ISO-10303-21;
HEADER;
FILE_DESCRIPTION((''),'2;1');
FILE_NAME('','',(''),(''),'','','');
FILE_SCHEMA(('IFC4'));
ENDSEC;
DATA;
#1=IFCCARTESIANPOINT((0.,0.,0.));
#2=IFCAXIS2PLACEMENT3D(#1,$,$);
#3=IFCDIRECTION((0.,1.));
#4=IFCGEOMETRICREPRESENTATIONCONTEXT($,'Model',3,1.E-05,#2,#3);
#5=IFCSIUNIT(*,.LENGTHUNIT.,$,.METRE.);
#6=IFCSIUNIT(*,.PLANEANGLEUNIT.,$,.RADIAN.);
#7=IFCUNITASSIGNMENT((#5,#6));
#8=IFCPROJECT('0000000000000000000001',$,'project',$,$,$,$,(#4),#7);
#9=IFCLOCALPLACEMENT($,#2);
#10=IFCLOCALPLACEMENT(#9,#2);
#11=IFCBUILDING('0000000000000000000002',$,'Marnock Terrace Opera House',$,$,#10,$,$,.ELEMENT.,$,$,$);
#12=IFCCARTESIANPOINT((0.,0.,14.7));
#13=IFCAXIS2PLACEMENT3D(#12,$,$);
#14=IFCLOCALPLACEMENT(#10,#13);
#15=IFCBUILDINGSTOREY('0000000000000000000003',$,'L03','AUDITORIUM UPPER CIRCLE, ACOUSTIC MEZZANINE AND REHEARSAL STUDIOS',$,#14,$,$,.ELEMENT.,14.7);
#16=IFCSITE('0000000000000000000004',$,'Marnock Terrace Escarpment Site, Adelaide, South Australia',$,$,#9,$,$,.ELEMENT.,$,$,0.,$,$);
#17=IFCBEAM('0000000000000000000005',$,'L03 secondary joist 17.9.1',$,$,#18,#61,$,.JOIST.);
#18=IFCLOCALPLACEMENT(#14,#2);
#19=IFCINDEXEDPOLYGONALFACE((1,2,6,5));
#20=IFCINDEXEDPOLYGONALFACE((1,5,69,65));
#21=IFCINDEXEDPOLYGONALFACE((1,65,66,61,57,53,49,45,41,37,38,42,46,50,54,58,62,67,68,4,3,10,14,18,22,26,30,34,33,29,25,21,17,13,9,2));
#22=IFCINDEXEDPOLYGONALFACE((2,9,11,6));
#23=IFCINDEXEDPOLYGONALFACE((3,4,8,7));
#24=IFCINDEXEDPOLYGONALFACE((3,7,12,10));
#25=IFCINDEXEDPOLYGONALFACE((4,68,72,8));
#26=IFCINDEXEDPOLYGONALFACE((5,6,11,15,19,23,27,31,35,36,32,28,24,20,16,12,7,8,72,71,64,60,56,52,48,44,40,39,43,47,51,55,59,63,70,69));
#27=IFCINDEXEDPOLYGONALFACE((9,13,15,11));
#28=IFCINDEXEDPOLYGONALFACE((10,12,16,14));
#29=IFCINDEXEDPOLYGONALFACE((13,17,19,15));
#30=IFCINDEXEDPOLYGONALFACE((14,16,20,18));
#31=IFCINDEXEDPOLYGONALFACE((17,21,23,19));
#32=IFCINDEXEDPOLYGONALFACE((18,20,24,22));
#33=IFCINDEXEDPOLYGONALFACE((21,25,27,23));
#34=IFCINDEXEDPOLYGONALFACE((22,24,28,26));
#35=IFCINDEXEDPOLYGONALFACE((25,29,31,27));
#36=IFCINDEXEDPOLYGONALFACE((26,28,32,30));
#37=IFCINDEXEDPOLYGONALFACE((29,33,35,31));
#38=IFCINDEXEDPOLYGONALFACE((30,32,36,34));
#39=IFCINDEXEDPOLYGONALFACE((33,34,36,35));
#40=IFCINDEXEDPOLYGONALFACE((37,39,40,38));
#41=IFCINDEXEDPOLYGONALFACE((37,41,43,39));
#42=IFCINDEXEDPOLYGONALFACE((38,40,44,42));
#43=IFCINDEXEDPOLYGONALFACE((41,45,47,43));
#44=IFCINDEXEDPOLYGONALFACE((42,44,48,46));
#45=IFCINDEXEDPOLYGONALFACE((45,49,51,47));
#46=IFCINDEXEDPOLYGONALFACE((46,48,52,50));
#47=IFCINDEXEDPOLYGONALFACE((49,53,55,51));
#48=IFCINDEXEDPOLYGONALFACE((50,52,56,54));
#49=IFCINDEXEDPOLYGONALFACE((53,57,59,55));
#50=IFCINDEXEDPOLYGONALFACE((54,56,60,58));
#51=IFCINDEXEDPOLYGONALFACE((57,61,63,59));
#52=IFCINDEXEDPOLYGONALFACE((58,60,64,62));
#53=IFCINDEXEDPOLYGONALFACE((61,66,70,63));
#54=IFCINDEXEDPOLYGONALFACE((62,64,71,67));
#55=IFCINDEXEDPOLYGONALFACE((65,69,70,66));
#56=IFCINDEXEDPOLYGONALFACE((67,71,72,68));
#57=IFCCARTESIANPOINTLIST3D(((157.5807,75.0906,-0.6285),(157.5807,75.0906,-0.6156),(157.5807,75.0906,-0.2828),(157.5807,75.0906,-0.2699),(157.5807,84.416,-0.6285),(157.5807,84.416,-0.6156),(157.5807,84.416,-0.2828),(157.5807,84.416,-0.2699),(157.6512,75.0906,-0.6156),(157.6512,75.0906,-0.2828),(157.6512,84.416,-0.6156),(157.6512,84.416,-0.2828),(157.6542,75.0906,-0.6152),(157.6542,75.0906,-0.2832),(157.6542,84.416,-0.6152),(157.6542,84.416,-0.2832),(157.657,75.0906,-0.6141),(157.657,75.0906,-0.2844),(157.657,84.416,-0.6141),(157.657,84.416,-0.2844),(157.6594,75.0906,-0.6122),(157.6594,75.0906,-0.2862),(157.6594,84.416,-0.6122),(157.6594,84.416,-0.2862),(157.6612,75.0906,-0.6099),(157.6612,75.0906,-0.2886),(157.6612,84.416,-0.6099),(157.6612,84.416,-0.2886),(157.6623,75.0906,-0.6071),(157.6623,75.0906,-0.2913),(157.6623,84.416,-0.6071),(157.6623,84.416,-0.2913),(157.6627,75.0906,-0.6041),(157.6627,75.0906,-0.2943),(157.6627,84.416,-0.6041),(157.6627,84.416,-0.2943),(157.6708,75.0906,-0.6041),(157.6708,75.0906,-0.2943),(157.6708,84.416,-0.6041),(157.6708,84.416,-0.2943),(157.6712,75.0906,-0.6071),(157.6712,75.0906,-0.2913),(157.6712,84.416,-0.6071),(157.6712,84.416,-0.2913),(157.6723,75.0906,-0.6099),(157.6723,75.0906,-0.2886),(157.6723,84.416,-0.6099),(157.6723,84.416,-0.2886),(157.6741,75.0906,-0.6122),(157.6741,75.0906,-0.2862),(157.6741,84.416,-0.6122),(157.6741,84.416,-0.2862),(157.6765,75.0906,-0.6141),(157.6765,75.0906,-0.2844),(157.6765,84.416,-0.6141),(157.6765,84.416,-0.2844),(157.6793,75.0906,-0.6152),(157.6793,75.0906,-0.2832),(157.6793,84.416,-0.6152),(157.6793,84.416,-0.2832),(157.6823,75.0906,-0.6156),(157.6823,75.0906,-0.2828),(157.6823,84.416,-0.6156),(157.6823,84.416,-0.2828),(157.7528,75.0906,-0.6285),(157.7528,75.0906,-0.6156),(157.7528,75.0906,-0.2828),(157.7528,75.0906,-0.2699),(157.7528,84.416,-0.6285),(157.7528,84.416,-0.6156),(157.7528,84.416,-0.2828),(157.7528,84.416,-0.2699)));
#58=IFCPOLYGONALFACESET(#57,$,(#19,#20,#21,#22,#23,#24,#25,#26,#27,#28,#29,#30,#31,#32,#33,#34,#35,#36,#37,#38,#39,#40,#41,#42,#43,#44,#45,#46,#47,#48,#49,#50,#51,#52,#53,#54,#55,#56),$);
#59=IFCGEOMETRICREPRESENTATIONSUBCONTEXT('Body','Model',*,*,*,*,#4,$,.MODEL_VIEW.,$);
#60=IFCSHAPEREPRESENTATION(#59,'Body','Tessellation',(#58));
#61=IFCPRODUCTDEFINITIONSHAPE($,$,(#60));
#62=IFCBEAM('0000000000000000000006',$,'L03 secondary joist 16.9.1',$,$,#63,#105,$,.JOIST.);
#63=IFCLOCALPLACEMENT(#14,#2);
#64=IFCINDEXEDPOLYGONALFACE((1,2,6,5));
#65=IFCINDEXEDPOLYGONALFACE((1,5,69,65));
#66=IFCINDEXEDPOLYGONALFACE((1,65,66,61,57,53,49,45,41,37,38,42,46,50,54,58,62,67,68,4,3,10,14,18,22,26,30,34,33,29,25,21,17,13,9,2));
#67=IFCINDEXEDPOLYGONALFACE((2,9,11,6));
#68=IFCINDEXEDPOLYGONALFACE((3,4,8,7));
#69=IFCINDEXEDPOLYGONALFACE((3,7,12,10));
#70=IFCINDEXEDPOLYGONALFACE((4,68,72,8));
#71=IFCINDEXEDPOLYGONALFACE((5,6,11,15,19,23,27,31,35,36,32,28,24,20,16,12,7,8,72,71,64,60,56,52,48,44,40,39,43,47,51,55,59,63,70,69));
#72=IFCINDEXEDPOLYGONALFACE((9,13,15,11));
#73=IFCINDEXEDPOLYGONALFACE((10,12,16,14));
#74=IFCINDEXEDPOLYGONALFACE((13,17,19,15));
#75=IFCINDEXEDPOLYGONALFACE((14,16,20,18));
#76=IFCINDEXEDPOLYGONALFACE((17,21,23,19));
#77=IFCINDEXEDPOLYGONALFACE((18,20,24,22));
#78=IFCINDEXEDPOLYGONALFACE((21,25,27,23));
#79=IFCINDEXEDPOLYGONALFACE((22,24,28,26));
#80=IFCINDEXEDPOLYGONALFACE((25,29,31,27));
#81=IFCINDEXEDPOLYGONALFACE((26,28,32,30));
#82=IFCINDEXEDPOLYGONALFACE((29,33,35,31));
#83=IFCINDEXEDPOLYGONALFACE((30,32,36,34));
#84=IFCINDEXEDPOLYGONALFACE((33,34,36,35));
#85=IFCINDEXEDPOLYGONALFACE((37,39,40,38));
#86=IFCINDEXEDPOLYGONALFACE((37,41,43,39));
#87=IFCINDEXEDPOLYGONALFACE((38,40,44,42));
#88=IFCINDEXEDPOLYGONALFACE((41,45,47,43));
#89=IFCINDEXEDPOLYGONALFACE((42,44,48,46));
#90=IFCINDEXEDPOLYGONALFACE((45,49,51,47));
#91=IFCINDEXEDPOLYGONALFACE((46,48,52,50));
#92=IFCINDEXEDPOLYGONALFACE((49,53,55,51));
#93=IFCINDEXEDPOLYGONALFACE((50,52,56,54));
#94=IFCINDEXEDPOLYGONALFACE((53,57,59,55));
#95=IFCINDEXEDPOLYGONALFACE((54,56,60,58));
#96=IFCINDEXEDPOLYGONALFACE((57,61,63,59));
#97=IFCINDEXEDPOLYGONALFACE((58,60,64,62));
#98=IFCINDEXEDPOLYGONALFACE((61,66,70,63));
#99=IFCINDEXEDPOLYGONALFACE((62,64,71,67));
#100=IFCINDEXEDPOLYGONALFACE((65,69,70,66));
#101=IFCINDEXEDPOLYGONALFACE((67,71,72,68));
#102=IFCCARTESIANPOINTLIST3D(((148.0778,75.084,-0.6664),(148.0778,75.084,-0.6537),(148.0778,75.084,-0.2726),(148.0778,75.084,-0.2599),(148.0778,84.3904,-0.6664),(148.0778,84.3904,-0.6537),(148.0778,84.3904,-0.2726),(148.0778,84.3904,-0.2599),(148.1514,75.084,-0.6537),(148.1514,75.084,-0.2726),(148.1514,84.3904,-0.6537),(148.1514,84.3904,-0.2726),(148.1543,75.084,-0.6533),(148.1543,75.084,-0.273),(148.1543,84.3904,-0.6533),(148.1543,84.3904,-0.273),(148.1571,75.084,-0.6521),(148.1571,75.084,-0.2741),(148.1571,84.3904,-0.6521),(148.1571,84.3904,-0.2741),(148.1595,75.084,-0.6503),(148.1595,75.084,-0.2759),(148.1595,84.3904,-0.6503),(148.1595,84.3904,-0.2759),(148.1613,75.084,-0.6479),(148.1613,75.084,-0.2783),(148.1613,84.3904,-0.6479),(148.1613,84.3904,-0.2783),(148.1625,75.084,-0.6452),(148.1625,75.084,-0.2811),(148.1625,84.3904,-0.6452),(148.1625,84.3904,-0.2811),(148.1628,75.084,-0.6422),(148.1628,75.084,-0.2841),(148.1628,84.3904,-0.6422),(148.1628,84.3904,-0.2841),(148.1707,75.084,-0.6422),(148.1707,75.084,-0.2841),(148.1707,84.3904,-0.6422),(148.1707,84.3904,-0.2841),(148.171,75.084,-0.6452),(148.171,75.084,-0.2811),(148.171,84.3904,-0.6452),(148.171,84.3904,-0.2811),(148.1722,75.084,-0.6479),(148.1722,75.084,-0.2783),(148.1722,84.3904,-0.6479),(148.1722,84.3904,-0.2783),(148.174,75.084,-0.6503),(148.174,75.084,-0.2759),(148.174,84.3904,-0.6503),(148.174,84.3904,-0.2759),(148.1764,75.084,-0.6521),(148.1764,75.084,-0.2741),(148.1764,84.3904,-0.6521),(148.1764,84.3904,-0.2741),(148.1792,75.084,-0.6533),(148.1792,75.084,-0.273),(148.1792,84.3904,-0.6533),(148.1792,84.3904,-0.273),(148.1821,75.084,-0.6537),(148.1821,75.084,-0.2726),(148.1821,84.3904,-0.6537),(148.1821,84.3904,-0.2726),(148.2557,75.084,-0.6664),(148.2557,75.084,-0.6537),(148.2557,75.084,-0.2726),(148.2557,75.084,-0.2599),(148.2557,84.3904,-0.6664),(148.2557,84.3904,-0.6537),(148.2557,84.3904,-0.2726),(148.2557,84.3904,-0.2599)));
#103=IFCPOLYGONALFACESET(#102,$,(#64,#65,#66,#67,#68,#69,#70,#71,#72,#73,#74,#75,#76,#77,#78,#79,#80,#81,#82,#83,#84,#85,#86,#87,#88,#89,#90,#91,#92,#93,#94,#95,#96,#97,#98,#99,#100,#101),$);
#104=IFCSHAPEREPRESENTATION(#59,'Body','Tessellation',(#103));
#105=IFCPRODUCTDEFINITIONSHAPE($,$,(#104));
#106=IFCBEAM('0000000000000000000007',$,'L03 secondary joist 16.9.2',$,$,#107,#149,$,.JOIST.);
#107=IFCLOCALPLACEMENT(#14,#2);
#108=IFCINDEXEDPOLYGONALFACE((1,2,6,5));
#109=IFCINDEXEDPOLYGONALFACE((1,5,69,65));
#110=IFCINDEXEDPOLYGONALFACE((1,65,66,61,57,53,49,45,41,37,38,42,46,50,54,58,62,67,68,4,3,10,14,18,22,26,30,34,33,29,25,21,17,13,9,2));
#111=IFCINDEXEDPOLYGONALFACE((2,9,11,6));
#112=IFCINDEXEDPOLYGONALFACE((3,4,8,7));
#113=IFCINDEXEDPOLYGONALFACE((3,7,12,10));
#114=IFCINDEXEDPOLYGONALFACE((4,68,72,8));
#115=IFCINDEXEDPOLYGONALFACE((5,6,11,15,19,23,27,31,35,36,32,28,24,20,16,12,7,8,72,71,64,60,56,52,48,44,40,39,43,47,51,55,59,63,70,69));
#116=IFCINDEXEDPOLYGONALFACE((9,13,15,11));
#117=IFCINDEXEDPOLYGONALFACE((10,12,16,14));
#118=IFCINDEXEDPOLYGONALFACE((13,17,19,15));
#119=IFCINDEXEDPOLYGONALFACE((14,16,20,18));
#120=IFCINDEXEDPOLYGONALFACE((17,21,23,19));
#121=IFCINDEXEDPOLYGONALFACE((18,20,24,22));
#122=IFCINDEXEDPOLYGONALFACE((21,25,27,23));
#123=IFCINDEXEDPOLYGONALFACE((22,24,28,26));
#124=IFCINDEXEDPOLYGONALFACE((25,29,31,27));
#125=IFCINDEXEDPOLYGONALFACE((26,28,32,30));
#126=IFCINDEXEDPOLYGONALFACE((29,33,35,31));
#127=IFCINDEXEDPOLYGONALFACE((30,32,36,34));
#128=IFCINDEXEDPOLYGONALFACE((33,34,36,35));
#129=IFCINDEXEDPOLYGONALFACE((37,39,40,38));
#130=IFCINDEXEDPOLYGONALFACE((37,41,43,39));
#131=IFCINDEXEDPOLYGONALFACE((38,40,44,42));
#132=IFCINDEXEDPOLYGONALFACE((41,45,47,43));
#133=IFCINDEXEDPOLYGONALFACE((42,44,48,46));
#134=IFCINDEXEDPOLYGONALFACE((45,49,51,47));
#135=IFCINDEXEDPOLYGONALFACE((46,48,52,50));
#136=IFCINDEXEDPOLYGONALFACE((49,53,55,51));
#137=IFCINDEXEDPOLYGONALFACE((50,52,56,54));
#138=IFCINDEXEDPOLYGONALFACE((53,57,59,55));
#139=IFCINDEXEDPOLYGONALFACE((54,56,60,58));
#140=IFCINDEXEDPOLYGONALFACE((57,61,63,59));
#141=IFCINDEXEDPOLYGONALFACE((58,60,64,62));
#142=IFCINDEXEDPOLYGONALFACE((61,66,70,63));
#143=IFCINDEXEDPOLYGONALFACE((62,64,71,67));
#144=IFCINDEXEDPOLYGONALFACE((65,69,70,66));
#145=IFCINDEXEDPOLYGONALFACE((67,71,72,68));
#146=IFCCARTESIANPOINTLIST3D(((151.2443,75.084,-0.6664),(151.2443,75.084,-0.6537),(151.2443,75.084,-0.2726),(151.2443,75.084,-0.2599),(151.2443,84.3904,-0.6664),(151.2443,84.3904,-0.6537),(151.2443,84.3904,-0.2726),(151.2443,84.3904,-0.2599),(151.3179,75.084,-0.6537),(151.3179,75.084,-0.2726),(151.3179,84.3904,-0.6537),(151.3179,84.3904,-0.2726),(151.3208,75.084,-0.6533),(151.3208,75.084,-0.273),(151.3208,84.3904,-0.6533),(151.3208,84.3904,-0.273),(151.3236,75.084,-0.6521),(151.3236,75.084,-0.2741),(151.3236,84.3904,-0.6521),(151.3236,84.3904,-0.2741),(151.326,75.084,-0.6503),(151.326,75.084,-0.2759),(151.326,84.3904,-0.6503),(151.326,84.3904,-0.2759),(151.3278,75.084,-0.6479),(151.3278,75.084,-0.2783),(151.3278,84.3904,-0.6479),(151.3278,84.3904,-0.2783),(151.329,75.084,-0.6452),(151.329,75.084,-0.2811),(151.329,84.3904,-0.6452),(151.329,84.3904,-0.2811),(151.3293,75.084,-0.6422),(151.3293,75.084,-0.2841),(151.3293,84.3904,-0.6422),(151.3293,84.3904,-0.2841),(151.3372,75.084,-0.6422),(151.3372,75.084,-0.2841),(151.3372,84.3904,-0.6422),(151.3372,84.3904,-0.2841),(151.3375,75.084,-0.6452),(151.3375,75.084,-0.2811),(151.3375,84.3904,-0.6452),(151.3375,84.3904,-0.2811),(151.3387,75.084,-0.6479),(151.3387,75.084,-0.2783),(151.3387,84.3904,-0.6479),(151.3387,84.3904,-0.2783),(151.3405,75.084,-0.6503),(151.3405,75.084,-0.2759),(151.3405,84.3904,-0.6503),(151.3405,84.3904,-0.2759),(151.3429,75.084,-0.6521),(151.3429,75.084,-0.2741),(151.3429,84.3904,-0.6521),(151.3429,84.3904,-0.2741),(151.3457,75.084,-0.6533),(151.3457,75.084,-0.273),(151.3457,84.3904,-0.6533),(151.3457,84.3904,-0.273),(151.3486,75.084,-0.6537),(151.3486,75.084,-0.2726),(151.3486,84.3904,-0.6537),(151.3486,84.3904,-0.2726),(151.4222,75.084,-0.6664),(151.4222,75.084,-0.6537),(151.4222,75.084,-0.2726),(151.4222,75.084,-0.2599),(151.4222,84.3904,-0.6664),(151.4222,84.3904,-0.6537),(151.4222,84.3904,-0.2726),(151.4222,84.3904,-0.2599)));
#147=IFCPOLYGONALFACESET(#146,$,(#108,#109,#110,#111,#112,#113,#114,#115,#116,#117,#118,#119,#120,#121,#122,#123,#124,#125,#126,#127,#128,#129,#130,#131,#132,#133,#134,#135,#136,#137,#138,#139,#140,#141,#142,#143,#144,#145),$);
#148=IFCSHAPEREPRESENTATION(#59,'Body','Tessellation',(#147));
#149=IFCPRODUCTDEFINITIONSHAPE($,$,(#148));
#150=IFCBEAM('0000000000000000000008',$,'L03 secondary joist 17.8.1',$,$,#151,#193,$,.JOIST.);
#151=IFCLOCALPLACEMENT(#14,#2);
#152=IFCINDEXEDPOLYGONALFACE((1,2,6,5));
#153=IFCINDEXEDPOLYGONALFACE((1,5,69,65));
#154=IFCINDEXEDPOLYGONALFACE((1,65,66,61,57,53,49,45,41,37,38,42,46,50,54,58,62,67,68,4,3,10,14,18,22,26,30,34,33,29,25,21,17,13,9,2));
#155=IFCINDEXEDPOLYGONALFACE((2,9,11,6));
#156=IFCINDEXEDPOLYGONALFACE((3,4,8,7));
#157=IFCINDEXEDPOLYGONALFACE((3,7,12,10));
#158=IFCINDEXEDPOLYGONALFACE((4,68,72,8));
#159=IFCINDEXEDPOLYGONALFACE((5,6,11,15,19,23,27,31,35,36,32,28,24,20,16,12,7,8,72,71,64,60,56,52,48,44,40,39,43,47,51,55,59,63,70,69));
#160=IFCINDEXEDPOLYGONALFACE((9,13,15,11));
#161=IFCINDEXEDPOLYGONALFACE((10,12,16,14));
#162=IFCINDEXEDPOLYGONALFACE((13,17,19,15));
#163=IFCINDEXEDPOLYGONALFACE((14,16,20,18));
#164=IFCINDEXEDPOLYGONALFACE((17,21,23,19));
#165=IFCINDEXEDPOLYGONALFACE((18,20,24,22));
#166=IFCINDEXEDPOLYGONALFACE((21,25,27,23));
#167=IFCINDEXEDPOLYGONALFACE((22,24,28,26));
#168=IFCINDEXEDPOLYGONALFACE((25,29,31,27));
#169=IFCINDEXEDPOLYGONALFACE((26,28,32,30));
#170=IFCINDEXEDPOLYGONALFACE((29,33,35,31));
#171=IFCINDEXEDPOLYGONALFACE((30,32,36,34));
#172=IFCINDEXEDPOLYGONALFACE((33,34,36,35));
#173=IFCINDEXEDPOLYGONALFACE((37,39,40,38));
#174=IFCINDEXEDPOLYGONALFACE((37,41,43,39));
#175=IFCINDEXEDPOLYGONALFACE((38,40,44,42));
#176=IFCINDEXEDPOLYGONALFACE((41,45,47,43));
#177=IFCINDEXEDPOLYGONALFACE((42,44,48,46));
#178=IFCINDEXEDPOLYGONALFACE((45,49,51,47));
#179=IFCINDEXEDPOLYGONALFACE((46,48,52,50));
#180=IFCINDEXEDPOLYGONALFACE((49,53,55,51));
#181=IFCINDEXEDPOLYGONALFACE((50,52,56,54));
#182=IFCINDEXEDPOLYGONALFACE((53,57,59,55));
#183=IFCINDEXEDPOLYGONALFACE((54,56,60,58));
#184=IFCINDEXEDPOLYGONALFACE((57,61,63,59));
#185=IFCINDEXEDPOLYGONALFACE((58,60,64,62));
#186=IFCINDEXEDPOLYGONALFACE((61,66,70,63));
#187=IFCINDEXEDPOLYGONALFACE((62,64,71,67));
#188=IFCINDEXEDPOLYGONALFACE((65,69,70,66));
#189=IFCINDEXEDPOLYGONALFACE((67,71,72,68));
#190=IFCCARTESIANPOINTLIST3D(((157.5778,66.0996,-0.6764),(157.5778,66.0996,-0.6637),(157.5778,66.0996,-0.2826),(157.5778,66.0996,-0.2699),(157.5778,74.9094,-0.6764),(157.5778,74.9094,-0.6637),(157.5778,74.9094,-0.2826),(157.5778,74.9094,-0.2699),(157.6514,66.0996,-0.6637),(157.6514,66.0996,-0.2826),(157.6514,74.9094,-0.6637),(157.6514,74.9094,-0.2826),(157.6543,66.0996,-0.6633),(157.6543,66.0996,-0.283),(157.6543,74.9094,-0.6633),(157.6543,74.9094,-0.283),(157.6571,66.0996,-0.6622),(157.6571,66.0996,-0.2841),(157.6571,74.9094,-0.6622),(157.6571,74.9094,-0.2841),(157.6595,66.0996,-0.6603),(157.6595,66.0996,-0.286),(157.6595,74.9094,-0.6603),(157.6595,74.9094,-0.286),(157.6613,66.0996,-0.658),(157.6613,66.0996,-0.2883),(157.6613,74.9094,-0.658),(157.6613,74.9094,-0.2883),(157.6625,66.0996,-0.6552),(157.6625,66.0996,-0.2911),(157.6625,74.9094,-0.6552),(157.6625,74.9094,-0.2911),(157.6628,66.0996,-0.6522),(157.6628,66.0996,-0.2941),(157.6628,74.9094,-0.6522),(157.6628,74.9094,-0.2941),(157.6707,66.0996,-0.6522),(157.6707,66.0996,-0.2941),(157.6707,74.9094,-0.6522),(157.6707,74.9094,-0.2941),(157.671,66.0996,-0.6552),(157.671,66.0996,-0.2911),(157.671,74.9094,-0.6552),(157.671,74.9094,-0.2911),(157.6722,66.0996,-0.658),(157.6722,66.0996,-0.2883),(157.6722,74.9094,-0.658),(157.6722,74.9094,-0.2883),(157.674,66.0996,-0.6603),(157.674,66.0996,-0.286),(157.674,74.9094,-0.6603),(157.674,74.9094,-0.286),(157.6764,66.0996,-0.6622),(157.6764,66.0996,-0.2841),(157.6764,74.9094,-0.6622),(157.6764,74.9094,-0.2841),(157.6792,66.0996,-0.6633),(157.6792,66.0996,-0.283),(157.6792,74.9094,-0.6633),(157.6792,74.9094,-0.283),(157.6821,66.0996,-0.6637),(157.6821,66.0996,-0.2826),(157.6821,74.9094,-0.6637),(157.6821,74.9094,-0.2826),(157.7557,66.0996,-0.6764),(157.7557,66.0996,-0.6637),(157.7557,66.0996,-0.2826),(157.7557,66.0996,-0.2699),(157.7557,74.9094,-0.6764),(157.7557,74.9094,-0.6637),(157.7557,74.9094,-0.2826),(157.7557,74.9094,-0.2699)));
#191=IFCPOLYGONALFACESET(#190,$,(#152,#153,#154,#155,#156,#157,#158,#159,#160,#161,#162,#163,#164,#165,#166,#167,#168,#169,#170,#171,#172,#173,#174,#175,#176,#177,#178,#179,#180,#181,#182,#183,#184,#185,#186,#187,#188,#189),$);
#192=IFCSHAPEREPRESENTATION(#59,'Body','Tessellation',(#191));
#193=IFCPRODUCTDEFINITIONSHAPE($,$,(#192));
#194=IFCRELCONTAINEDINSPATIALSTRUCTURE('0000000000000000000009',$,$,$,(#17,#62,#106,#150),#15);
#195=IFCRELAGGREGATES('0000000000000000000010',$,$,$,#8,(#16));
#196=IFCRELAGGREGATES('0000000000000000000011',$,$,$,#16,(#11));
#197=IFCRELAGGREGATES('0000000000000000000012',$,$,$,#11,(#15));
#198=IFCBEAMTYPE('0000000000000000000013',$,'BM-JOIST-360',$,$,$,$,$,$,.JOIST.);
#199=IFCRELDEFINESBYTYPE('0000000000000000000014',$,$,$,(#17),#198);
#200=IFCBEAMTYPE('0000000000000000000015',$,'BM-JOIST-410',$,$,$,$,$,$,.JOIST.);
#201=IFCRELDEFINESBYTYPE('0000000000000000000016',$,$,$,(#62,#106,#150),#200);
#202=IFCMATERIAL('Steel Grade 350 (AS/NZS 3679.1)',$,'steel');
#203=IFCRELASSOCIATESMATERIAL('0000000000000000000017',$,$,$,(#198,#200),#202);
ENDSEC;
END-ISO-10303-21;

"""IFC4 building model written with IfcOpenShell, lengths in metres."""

from ifc_helpers import new_model, si_unit, direction, frame, origin, origin_2d, place, context, subcontext, project, spatial, i_section, extrude, material, material_profile, profile_set, type_object, element, save


model = new_model("IFC4")

# Units and contexts
model_context = context("Model", 3, precision=1e-05, world=origin(), true_north=direction((0.0, 1.0)))
body_context = subcontext(model_context, "Body", "Model", "MODEL_VIEW")
ifc_project = project(units=[si_unit("LENGTHUNIT", "METRE"), si_unit("PLANEANGLEUNIT", "RADIAN")], contexts=[model_context])

# Site, building, storey
site_placement = place(None, origin())
site = spatial("IfcSite", under=ifc_project, at=site_placement, Name="Marnock Terrace Escarpment Site, Adelaide, South Australia", CompositionType="ELEMENT", RefElevation=0.0)
building_placement = place(site_placement, origin())
building = spatial("IfcBuilding", under=site, at=building_placement, Name="Marnock Terrace Opera House", CompositionType="ELEMENT")
storey_placement = place(building_placement, frame((0.0, 0.0, 14.7)))
storey = spatial("IfcBuildingStorey", under=building, at=storey_placement, Name="L03", Description="AUDITORIUM UPPER CIRCLE, ACOUSTIC MEZZANINE AND REHEARSAL STUDIOS", CompositionType="ELEMENT", Elevation=14.7)

# Beams
ifc_material_1 = material(Name="Steel Grade 350 (AS/NZS 3679.1)", Category="steel")
ifc_material_profile_1 = material_profile(ifc_material_1, i_section(OverallWidth=0.1721, OverallDepth=0.3586, WebThickness=0.0081, FlangeThickness=0.0129, FilletRadius=0.0115, at=origin_2d()))
ifc_profile_set_1 = profile_set([ifc_material_profile_1], Name="Steel Grade 350 (AS/NZS 3679.1)")
beam_type_1 = type_object("IfcBeamType", Name="BM-JOIST-360", PredefinedType="JOIST", material=ifc_profile_set_1)
beam_1_placement = place(storey_placement, frame((157.6667, 75.0906, -0.4492), z_axis=(0.0, 1.0, 0.0), x_axis=(-1.0, 0.0, 0.0)))
element("IfcBeam", 1, at=beam_1_placement, inside=storey, type_object=beam_type_1, Name="L03 secondary joist 17.9.1", PredefinedType="JOIST", context=body_context, shape_type="SweptSolid", body=[
    extrude(i_section(OverallWidth=0.1721, OverallDepth=0.3586, WebThickness=0.0081, FlangeThickness=0.0129, FilletRadius=0.0115, at=origin_2d()), origin(), (0.0, 0.0, 1.0), 9.3254),
])
ifc_material_profile_2 = material_profile(ifc_material_1, i_section(OverallWidth=0.178, OverallDepth=0.4065, WebThickness=0.0078, FlangeThickness=0.0127, FilletRadius=0.0115, at=origin_2d()))
ifc_profile_set_2 = profile_set([ifc_material_profile_2], Name="Steel Grade 350 (AS/NZS 3679.1)")
beam_type_2 = type_object("IfcBeamType", Name="BM-JOIST-410", PredefinedType="JOIST", material=ifc_profile_set_2)
for number, where, z_axis, x_axis, name in (
    (2, (148.1667, 75.084, -0.4631), (0.0, 1.0, 0.0), (-1.0, 0.0, 0.0), "L03 secondary joist 16.9.1"),
    (3, (151.3333, 75.084, -0.4631), (0.0, 1.0, 0.0), (-1.0, 0.0, 0.0), "L03 secondary joist 16.9.2"),
):
    element("IfcBeam", number, at=place(storey_placement, frame(where, z_axis=z_axis, x_axis=x_axis)), inside=storey, type_object=beam_type_2, Name=name, PredefinedType="JOIST", context=body_context, shape_type="SweptSolid", body=[
        extrude(i_section(OverallWidth=0.178, OverallDepth=0.4065, WebThickness=0.0078, FlangeThickness=0.0127, FilletRadius=0.0115, at=origin_2d()), origin(), (0.0, 0.0, 1.0), 9.3064),
    ])
for number, where, z_axis, x_axis, name in (
    (4, (157.6667, 66.0996, -0.4731), (0.0, 1.0, 0.0), (-1.0, 0.0, 0.0), "L03 secondary joist 17.8.1"),
):
    element("IfcBeam", number, at=place(storey_placement, frame(where, z_axis=z_axis, x_axis=x_axis)), inside=storey, type_object=beam_type_2, Name=name, PredefinedType="JOIST", context=body_context, shape_type="SweptSolid", body=[
        extrude(i_section(OverallWidth=0.178, OverallDepth=0.4065, WebThickness=0.0078, FlangeThickness=0.0127, FilletRadius=0.0115, at=origin_2d()), origin(), (0.0, 0.0, 1.0), 8.8098),
    ])

save(model, "model.ifc")
